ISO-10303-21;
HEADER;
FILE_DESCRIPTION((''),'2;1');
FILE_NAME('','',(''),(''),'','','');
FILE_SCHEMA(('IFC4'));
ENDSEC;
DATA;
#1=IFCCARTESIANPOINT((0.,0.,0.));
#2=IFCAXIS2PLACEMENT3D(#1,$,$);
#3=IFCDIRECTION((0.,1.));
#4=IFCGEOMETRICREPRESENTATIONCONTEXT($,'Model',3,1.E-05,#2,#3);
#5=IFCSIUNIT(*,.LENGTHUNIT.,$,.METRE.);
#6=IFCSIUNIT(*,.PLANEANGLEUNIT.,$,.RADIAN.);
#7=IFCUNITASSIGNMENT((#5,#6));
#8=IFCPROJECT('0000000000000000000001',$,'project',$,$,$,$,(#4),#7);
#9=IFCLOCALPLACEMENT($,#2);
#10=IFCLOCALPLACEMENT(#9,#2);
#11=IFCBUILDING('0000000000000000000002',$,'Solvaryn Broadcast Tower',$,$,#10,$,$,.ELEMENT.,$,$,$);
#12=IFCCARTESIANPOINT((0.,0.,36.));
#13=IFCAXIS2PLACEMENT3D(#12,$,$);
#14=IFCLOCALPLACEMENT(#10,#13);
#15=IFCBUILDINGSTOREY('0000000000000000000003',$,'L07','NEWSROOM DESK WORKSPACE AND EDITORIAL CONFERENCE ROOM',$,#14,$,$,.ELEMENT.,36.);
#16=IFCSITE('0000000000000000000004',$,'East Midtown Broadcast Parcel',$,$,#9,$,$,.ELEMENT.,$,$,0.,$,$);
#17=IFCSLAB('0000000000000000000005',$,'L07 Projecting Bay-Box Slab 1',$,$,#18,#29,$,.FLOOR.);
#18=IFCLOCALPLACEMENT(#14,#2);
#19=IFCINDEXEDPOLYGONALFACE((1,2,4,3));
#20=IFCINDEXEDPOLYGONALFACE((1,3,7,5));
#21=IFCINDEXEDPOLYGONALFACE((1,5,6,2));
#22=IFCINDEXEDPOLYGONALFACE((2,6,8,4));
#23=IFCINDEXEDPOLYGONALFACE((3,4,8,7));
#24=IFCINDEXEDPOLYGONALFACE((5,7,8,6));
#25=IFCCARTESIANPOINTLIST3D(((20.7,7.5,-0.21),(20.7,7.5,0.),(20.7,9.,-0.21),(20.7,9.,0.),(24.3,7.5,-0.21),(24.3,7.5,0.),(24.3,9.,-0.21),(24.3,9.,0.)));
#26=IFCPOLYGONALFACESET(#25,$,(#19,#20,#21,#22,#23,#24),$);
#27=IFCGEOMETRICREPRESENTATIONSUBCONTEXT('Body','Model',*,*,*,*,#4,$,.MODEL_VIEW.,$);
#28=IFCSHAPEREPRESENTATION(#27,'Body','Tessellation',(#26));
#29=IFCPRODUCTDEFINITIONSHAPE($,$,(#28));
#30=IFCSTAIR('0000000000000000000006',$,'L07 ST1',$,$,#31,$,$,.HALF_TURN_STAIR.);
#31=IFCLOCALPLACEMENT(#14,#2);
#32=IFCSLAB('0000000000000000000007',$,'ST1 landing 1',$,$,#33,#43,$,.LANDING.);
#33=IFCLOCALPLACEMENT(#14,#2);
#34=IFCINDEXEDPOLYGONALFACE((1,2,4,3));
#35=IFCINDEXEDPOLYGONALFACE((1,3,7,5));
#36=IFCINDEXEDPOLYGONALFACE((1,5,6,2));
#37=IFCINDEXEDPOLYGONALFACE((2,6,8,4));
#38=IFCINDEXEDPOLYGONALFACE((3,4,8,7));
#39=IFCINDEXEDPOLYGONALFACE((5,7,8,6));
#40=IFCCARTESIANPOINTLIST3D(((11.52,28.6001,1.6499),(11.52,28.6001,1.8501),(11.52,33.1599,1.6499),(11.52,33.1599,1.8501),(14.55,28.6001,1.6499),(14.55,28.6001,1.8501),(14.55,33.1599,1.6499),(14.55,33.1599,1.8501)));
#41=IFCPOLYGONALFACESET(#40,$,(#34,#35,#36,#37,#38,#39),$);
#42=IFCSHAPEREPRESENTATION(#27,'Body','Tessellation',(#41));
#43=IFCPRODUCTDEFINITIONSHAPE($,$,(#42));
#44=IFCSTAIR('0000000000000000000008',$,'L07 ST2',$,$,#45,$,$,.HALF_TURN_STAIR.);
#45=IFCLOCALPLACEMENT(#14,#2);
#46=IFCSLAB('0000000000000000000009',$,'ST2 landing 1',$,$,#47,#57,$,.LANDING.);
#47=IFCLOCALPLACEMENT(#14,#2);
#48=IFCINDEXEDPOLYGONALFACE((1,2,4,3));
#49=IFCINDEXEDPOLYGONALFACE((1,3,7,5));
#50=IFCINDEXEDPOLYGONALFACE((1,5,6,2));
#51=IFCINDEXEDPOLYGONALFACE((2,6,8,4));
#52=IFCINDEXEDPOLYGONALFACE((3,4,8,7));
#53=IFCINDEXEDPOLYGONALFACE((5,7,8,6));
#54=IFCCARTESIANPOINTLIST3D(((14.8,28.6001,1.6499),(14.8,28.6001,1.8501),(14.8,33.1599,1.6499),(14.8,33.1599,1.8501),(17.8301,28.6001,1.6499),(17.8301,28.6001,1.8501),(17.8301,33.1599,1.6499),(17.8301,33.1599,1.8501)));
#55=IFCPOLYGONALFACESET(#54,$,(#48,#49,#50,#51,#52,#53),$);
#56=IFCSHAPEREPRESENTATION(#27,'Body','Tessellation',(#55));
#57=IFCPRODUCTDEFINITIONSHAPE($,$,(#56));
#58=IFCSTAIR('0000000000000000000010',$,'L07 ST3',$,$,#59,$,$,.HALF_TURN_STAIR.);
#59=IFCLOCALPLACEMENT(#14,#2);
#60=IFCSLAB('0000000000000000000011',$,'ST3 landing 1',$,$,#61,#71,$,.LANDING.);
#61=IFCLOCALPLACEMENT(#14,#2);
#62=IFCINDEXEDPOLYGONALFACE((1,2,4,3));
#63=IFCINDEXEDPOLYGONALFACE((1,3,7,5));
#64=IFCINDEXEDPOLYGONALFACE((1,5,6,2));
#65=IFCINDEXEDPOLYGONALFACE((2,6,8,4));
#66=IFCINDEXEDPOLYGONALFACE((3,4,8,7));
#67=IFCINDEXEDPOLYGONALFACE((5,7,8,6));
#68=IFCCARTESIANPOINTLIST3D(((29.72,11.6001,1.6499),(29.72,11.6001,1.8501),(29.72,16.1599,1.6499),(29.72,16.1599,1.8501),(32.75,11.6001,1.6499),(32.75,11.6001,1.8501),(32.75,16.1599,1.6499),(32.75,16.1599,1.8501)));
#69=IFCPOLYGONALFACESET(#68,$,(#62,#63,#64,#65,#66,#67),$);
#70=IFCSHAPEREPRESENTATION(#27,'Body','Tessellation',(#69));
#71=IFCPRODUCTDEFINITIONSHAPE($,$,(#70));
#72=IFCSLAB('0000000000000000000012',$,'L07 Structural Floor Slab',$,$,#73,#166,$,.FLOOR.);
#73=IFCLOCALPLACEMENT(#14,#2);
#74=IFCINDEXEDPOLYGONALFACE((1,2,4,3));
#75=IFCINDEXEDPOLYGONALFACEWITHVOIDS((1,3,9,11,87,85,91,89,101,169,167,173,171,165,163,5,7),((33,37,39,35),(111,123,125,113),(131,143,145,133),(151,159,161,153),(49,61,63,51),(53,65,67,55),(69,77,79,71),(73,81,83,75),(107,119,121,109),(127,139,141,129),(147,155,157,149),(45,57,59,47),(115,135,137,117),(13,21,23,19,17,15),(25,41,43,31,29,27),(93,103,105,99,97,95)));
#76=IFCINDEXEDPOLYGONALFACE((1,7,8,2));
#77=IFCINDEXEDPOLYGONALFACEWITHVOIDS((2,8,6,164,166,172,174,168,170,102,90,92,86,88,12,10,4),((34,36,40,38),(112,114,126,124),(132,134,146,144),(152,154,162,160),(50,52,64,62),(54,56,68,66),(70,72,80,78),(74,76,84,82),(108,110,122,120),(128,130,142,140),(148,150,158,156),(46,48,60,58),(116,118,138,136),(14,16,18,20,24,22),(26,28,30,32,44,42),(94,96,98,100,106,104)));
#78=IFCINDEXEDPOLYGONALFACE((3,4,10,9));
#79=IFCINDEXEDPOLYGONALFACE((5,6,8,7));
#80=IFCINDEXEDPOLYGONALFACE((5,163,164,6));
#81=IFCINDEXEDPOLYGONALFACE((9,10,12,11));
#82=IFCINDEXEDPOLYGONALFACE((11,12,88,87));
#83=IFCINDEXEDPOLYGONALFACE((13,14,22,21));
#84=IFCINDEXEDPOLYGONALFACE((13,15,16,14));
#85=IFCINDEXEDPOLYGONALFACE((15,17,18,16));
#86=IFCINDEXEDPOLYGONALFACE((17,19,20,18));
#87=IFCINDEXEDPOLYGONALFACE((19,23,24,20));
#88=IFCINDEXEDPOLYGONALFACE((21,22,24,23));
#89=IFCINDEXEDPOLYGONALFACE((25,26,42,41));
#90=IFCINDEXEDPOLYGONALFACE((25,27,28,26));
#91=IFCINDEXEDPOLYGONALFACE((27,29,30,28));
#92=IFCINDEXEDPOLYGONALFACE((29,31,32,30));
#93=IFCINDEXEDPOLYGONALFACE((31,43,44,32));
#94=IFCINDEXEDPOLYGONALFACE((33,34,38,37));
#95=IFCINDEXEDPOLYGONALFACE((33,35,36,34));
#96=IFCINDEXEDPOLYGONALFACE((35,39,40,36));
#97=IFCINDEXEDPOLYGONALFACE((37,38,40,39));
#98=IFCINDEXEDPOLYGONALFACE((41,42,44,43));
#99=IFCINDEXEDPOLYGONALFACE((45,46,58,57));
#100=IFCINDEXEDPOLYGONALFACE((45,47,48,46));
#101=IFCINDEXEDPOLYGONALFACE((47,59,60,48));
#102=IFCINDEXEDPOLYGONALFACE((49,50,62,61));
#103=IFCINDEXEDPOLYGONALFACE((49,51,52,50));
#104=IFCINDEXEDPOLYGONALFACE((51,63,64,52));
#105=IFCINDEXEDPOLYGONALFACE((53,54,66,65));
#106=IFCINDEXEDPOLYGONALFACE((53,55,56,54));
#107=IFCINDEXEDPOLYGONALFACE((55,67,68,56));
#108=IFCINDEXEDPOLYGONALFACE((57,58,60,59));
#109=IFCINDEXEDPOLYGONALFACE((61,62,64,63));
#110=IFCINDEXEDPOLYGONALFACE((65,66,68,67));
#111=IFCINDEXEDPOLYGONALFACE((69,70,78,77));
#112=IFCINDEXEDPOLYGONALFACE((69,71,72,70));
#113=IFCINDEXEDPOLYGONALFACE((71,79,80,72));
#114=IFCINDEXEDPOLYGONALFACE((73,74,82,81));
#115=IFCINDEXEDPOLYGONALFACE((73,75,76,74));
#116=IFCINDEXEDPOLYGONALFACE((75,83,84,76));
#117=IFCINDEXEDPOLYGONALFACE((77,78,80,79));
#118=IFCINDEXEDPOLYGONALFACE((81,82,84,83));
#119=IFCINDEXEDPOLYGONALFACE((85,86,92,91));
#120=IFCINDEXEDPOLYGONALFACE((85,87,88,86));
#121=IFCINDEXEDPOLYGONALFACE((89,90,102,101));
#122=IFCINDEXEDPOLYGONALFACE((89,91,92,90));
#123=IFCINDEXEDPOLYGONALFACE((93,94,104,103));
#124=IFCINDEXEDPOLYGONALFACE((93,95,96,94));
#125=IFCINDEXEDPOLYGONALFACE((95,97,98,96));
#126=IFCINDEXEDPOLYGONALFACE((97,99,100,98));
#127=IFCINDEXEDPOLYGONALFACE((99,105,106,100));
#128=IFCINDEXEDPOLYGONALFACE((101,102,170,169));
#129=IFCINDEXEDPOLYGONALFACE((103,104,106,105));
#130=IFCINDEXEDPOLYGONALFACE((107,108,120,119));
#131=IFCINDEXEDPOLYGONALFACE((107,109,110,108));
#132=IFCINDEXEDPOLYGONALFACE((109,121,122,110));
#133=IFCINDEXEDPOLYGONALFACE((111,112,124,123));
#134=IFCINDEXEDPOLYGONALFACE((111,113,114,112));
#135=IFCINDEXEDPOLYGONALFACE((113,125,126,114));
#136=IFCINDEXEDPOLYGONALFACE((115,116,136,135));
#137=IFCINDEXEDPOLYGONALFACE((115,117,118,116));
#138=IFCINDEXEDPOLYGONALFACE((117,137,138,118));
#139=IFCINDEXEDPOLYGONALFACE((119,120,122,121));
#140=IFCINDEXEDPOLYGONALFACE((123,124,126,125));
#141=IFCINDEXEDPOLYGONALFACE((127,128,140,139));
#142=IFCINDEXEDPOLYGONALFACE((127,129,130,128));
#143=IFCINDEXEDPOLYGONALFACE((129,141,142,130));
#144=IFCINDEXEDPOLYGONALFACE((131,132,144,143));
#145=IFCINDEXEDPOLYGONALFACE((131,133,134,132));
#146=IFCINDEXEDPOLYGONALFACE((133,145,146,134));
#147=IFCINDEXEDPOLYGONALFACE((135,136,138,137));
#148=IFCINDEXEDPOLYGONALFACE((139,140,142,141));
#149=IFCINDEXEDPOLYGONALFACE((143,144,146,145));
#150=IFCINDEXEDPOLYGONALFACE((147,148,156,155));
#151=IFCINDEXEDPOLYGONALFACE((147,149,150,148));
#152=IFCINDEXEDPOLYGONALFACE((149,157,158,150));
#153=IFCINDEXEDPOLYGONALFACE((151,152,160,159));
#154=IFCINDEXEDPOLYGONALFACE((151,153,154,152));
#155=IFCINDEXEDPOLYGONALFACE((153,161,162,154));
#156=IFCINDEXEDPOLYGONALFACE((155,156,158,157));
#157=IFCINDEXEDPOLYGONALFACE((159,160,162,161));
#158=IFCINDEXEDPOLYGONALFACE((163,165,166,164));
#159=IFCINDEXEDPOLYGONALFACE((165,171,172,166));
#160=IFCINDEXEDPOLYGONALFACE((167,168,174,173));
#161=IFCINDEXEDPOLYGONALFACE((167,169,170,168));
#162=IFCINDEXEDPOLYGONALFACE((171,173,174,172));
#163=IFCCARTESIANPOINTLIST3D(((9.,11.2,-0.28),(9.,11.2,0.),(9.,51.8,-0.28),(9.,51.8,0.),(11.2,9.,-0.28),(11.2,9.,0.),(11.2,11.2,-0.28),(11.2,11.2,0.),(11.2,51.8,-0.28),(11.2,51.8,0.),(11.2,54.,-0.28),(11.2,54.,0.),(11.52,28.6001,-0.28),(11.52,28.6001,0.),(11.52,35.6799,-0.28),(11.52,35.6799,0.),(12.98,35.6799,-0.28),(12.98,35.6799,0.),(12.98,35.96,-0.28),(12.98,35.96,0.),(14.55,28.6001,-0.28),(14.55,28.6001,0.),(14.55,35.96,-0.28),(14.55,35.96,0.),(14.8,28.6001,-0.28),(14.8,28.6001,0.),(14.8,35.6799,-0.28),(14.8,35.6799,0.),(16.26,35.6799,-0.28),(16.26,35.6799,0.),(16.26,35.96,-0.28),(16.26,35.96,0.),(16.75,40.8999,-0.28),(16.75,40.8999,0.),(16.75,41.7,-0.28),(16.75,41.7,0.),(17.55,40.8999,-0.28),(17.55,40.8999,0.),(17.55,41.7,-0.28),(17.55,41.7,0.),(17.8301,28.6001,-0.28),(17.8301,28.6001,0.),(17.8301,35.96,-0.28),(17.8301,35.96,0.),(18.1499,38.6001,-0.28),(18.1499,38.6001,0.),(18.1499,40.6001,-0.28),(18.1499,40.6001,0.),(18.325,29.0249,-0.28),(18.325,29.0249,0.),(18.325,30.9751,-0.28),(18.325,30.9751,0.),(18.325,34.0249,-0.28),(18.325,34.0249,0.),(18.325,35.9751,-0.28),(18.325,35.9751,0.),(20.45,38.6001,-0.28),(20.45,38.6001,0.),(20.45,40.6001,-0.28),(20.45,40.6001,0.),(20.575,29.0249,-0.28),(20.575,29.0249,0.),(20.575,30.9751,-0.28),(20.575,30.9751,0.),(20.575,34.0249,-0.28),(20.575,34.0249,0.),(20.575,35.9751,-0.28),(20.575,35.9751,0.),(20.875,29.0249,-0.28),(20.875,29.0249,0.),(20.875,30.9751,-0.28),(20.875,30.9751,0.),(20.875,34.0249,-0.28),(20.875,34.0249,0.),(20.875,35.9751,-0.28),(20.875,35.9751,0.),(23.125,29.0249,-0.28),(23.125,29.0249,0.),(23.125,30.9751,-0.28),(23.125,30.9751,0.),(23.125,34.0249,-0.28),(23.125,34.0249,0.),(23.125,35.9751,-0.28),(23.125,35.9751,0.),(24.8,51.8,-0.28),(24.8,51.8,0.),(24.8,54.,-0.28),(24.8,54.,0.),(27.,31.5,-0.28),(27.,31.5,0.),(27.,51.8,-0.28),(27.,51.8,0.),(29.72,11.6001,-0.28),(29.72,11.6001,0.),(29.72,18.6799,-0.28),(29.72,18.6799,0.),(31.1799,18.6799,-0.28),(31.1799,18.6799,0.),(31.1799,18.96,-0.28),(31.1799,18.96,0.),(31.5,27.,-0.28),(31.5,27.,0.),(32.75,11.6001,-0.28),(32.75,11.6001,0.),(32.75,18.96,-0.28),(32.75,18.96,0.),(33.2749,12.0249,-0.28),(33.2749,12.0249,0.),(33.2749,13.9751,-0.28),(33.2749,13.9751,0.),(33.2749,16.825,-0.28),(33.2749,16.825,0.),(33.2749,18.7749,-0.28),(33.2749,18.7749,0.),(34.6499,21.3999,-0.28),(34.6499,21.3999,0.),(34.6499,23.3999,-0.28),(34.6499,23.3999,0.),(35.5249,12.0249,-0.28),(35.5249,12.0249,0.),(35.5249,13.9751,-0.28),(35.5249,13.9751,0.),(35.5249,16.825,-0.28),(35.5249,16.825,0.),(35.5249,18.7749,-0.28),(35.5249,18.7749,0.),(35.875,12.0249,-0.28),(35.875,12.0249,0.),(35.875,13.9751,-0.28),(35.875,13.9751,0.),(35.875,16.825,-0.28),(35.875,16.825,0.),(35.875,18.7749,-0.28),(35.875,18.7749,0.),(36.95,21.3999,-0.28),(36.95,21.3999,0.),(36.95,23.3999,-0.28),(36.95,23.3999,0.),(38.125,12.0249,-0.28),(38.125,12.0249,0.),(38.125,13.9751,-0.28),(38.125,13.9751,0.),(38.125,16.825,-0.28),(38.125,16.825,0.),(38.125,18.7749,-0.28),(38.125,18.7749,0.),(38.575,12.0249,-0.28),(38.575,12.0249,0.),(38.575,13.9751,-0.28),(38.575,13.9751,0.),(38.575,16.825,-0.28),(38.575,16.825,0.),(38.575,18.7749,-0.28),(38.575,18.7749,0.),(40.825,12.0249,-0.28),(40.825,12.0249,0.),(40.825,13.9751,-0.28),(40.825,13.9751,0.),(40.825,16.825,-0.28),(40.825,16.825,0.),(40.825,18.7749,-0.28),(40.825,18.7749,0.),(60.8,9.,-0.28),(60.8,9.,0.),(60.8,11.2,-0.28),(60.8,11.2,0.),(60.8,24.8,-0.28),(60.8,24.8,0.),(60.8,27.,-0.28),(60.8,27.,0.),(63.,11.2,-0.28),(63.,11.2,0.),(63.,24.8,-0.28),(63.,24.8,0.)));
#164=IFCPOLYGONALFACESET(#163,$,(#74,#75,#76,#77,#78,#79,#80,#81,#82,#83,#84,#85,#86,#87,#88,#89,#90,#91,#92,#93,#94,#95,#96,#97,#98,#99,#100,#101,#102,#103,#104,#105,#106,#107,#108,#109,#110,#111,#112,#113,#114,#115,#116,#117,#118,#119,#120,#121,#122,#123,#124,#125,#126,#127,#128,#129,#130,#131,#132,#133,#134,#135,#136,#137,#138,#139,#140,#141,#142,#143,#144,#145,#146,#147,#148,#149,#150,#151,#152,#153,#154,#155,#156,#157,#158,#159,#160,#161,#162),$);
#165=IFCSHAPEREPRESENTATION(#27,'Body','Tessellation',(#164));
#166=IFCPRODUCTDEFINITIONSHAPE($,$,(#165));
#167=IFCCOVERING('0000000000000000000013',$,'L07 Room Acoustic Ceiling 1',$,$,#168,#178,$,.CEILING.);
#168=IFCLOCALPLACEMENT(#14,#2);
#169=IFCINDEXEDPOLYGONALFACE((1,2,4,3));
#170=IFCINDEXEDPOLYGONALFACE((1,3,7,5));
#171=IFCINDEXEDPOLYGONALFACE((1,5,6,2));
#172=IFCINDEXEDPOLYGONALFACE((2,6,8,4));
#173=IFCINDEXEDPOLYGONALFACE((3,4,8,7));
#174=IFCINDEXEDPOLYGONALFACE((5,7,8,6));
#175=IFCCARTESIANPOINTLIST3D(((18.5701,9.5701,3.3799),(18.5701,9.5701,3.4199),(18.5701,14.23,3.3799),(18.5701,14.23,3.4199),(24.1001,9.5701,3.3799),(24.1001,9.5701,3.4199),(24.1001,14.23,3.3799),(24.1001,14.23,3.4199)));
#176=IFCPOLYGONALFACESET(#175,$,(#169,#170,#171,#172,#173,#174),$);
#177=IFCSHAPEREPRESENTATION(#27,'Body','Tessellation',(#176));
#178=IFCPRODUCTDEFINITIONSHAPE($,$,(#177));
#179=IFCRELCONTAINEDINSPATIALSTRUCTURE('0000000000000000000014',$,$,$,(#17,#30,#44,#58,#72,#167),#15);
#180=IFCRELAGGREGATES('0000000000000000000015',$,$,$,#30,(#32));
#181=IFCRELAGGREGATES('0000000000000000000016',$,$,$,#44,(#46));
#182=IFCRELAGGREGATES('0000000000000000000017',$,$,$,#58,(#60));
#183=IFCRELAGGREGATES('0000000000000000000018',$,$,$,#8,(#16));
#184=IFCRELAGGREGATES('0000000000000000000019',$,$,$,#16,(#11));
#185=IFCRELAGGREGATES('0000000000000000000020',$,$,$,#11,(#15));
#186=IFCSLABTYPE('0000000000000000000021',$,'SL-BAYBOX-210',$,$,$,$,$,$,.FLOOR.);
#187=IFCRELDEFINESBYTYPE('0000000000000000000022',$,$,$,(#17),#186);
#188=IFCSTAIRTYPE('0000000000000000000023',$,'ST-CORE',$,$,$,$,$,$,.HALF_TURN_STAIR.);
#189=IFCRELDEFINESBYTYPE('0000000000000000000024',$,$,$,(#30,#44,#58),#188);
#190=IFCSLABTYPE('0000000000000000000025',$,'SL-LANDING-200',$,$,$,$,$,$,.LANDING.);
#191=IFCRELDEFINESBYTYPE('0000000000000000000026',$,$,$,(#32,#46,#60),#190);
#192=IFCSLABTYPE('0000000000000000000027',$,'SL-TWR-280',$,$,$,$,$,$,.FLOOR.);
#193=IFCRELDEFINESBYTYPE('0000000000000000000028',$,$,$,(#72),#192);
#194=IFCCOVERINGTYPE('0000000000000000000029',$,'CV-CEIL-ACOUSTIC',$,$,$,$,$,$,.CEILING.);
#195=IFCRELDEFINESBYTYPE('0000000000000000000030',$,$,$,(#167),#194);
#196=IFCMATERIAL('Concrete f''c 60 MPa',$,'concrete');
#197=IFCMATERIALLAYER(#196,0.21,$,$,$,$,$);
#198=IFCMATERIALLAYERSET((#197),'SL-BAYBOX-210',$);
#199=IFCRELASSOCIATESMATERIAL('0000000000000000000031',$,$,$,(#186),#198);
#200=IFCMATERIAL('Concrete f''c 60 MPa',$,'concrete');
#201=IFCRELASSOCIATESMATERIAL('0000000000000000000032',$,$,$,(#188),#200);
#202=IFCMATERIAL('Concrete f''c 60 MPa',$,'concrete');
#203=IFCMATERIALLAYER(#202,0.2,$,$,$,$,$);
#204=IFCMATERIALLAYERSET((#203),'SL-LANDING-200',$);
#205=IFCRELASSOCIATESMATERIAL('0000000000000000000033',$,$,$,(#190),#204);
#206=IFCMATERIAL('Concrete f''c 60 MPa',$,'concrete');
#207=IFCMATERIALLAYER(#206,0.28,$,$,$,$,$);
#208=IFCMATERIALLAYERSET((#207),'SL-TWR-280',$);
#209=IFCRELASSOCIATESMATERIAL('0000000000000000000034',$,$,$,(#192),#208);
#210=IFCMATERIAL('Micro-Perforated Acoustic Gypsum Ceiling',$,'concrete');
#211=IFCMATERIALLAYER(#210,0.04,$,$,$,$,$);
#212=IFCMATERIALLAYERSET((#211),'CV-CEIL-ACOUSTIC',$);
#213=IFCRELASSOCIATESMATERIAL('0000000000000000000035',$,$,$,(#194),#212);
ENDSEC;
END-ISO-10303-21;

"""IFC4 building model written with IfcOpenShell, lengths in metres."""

from ifc_helpers import new_model, si_unit, direction, frame, origin, place, context, subcontext, project, spatial, polyline, outline, extrude, material, layer, layer_set, type_object, element, aggregate, save


model = new_model("IFC4")

# Units and contexts
model_context = context("Model", 3, precision=1e-05, world=origin(), true_north=direction((0.0, 1.0)))
body_context = subcontext(model_context, "Body", "Model", "MODEL_VIEW")
ifc_project = project(units=[si_unit("LENGTHUNIT", "METRE"), si_unit("PLANEANGLEUNIT", "RADIAN")], contexts=[model_context])

# Site, building, storey
site_placement = place(None, origin())
site = spatial("IfcSite", under=ifc_project, at=site_placement, Name="East Midtown Broadcast Parcel", CompositionType="ELEMENT", RefElevation=0.0)
building_placement = place(site_placement, origin())
building = spatial("IfcBuilding", under=site, at=building_placement, Name="Solvaryn Broadcast Tower", CompositionType="ELEMENT")
storey_placement = place(building_placement, frame((0.0, 0.0, 36.0)))
storey = spatial("IfcBuildingStorey", under=building, at=storey_placement, Name="L07", Description="NEWSROOM DESK WORKSPACE AND EDITORIAL CONFERENCE ROOM", CompositionType="ELEMENT", Elevation=36.0)

# Slab
ifc_material_1 = material(Name="Concrete f'c 60 MPa", Category="concrete")
ifc_layer_1 = layer(ifc_material_1, 0.21)
ifc_layer_set_1 = layer_set([ifc_layer_1], Name="SL-BAYBOX-210")
slab_type_1 = type_object("IfcSlabType", Name="SL-BAYBOX-210", PredefinedType="FLOOR", material=ifc_layer_set_1)
slab_1_placement = place(storey_placement, frame((0.0, 0.0, -0.21)))
element("IfcSlab", 1, at=slab_1_placement, inside=storey, type_object=slab_type_1, Name="L07 Projecting Bay-Box Slab 1", PredefinedType="FLOOR", context=body_context, shape_type="SweptSolid", body=[
    extrude(outline(polyline([(20.7, 7.5), (24.3, 7.5), (24.3, 9.0), (20.7, 9.0), (20.7, 7.5)])), origin(), (0.0, 0.0, 1.0), 0.21),
])

# Stairs, slabs
ifc_material_2 = material(Name="Concrete f'c 60 MPa", Category="concrete")
stair_type = type_object("IfcStairType", Name="ST-CORE", PredefinedType="HALF_TURN_STAIR", material=ifc_material_2)
stair_1_placement = place(storey_placement, origin())
stair_1 = element("IfcStair", 2, at=stair_1_placement, inside=storey, type_object=stair_type, Name="L07 ST1", PredefinedType="HALF_TURN_STAIR")
ifc_material_3 = material(Name="Concrete f'c 60 MPa", Category="concrete")
ifc_layer_2 = layer(ifc_material_3, 0.2)
ifc_layer_set_2 = layer_set([ifc_layer_2], Name="SL-LANDING-200")
slab_type_2 = type_object("IfcSlabType", Name="SL-LANDING-200", PredefinedType="LANDING", material=ifc_layer_set_2)
slab_2_placement = place(storey_placement, frame((0.0, 0.0, 1.6499)))
slab_2 = element("IfcSlab", 3, at=slab_2_placement, type_object=slab_type_2, Name="ST1 landing 1", PredefinedType="LANDING", context=body_context, shape_type="SweptSolid", body=[
    extrude(outline(polyline([(11.52, 33.1599), (11.52, 28.6001), (14.55, 28.6001), (14.55, 33.1599), (11.52, 33.1599)])), origin(), (0.0, 0.0, 1.0), 0.2002),
])
aggregate(stair_1, [slab_2])
stair_2_placement = place(storey_placement, origin())
stair_2 = element("IfcStair", 4, at=stair_2_placement, inside=storey, type_object=stair_type, Name="L07 ST2", PredefinedType="HALF_TURN_STAIR")
slab_3_placement = place(storey_placement, frame((0.0, 0.0, 1.6499)))
slab_3 = element("IfcSlab", 5, at=slab_3_placement, type_object=slab_type_2, Name="ST2 landing 1", PredefinedType="LANDING", context=body_context, shape_type="SweptSolid", body=[
    extrude(outline(polyline([(14.8, 33.1599), (14.8, 28.6001), (17.8301, 28.6001), (17.8301, 33.1599), (14.8, 33.1599)])), origin(), (0.0, 0.0, 1.0), 0.2002),
])
aggregate(stair_2, [slab_3])
stair_3_placement = place(storey_placement, origin())
stair_3 = element("IfcStair", 6, at=stair_3_placement, inside=storey, type_object=stair_type, Name="L07 ST3", PredefinedType="HALF_TURN_STAIR")
slab_4_placement = place(storey_placement, frame((0.0, 0.0, 1.6499)))
slab_4 = element("IfcSlab", 7, at=slab_4_placement, type_object=slab_type_2, Name="ST3 landing 1", PredefinedType="LANDING", context=body_context, shape_type="SweptSolid", body=[
    extrude(outline(polyline([(29.72, 16.1599), (29.72, 11.6001), (32.75, 11.6001), (32.75, 16.1599), (29.72, 16.1599)])), origin(), (0.0, 0.0, 1.0), 0.2002),
])
aggregate(stair_3, [slab_4])

# Slab
ifc_material_4 = material(Name="Concrete f'c 60 MPa", Category="concrete")
ifc_layer_3 = layer(ifc_material_4, 0.28)
ifc_layer_set_3 = layer_set([ifc_layer_3], Name="SL-TWR-280")
slab_type_3 = type_object("IfcSlabType", Name="SL-TWR-280", PredefinedType="FLOOR", material=ifc_layer_set_3)
slab_5_placement = place(storey_placement, frame((0.0, 0.0, -0.28)))
element("IfcSlab", 8, at=slab_5_placement, inside=storey, type_object=slab_type_3, Name="L07 Structural Floor Slab", PredefinedType="FLOOR", context=body_context, shape_type="SweptSolid", body=[
    extrude(outline(polyline([(11.2, 9.0), (60.8, 9.0), (60.8, 11.2), (63.0, 11.2), (63.0, 24.8), (60.8, 24.8), (60.8, 27.0), (31.5, 27.0), (27.0, 31.5), (27.0, 51.8), (24.8, 51.8), (24.8, 54.0), (11.2, 54.0), (11.2, 51.8), (9.0, 51.8), (9.0, 11.2), (11.2, 11.2), (11.2, 9.0)]), holes=[polyline([(11.52, 28.6001), (14.55, 28.6001), (14.55, 35.96), (12.98, 35.96), (12.98, 35.6799), (11.52, 35.6799), (11.52, 28.6001)]), polyline([(14.8, 28.6001), (17.8301, 28.6001), (17.8301, 35.96), (16.26, 35.96), (16.26, 35.6799), (14.8, 35.6799), (14.8, 28.6001)]), polyline([(29.72, 11.6001), (32.75, 11.6001), (32.75, 18.96), (31.1799, 18.96), (31.1799, 18.6799), (29.72, 18.6799), (29.72, 11.6001)]), polyline([(18.1499, 38.6001), (20.45, 38.6001), (20.45, 40.6001), (18.1499, 40.6001), (18.1499, 38.6001)]), polyline([(18.325, 29.0249), (20.575, 29.0249), (20.575, 30.9751), (18.325, 30.9751), (18.325, 29.0249)]), polyline([(20.875, 29.0249), (23.125, 29.0249), (23.125, 30.9751), (20.875, 30.9751), (20.875, 29.0249)]), polyline([(18.325, 34.0249), (20.575, 34.0249), (20.575, 35.9751), (18.325, 35.9751), (18.325, 34.0249)]), polyline([(20.875, 34.0249), (23.125, 34.0249), (23.125, 35.9751), (20.875, 35.9751), (20.875, 34.0249)]), polyline([(34.6499, 21.3999), (36.95, 21.3999), (36.95, 23.3999), (34.6499, 23.3999), (34.6499, 21.3999)]), polyline([(33.2749, 12.0249), (35.5249, 12.0249), (35.5249, 13.9751), (33.2749, 13.9751), (33.2749, 12.0249)]), polyline([(35.875, 12.0249), (38.125, 12.0249), (38.125, 13.9751), (35.875, 13.9751), (35.875, 12.0249)]), polyline([(33.2749, 16.825), (35.5249, 16.825), (35.5249, 18.7749), (33.2749, 18.7749), (33.2749, 16.825)]), polyline([(35.875, 16.825), (38.125, 16.825), (38.125, 18.7749), (35.875, 18.7749), (35.875, 16.825)]), polyline([(38.575, 12.0249), (40.825, 12.0249), (40.825, 13.9751), (38.575, 13.9751), (38.575, 12.0249)]), polyline([(38.575, 16.825), (40.825, 16.825), (40.825, 18.7749), (38.575, 18.7749), (38.575, 16.825)]), polyline([(16.75, 40.8999), (17.55, 40.8999), (17.55, 41.7), (16.75, 41.7), (16.75, 40.8999)])]), origin(), (0.0, 0.0, 1.0), 0.28),
])

# Covering
ifc_material_5 = material(Name="Micro-Perforated Acoustic Gypsum Ceiling", Category="concrete")
ifc_layer_4 = layer(ifc_material_5, 0.04)
ifc_layer_set_4 = layer_set([ifc_layer_4], Name="CV-CEIL-ACOUSTIC")
covering_type_1 = type_object("IfcCoveringType", Name="CV-CEIL-ACOUSTIC", PredefinedType="CEILING", material=ifc_layer_set_4)
covering_1_placement = place(storey_placement, frame((0.0, 0.0, 3.3799)))
element("IfcCovering", 9, at=covering_1_placement, inside=storey, type_object=covering_type_1, Name="L07 Room Acoustic Ceiling 1", PredefinedType="CEILING", context=body_context, shape_type="SweptSolid", body=[
    extrude(outline(polyline([(18.5701, 9.5701), (24.1001, 9.5701), (24.1001, 14.23), (18.5701, 14.23), (18.5701, 9.5701)])), origin(), (0.0, 0.0, 1.0), 0.04),
])

save(model, "model.ifc")
